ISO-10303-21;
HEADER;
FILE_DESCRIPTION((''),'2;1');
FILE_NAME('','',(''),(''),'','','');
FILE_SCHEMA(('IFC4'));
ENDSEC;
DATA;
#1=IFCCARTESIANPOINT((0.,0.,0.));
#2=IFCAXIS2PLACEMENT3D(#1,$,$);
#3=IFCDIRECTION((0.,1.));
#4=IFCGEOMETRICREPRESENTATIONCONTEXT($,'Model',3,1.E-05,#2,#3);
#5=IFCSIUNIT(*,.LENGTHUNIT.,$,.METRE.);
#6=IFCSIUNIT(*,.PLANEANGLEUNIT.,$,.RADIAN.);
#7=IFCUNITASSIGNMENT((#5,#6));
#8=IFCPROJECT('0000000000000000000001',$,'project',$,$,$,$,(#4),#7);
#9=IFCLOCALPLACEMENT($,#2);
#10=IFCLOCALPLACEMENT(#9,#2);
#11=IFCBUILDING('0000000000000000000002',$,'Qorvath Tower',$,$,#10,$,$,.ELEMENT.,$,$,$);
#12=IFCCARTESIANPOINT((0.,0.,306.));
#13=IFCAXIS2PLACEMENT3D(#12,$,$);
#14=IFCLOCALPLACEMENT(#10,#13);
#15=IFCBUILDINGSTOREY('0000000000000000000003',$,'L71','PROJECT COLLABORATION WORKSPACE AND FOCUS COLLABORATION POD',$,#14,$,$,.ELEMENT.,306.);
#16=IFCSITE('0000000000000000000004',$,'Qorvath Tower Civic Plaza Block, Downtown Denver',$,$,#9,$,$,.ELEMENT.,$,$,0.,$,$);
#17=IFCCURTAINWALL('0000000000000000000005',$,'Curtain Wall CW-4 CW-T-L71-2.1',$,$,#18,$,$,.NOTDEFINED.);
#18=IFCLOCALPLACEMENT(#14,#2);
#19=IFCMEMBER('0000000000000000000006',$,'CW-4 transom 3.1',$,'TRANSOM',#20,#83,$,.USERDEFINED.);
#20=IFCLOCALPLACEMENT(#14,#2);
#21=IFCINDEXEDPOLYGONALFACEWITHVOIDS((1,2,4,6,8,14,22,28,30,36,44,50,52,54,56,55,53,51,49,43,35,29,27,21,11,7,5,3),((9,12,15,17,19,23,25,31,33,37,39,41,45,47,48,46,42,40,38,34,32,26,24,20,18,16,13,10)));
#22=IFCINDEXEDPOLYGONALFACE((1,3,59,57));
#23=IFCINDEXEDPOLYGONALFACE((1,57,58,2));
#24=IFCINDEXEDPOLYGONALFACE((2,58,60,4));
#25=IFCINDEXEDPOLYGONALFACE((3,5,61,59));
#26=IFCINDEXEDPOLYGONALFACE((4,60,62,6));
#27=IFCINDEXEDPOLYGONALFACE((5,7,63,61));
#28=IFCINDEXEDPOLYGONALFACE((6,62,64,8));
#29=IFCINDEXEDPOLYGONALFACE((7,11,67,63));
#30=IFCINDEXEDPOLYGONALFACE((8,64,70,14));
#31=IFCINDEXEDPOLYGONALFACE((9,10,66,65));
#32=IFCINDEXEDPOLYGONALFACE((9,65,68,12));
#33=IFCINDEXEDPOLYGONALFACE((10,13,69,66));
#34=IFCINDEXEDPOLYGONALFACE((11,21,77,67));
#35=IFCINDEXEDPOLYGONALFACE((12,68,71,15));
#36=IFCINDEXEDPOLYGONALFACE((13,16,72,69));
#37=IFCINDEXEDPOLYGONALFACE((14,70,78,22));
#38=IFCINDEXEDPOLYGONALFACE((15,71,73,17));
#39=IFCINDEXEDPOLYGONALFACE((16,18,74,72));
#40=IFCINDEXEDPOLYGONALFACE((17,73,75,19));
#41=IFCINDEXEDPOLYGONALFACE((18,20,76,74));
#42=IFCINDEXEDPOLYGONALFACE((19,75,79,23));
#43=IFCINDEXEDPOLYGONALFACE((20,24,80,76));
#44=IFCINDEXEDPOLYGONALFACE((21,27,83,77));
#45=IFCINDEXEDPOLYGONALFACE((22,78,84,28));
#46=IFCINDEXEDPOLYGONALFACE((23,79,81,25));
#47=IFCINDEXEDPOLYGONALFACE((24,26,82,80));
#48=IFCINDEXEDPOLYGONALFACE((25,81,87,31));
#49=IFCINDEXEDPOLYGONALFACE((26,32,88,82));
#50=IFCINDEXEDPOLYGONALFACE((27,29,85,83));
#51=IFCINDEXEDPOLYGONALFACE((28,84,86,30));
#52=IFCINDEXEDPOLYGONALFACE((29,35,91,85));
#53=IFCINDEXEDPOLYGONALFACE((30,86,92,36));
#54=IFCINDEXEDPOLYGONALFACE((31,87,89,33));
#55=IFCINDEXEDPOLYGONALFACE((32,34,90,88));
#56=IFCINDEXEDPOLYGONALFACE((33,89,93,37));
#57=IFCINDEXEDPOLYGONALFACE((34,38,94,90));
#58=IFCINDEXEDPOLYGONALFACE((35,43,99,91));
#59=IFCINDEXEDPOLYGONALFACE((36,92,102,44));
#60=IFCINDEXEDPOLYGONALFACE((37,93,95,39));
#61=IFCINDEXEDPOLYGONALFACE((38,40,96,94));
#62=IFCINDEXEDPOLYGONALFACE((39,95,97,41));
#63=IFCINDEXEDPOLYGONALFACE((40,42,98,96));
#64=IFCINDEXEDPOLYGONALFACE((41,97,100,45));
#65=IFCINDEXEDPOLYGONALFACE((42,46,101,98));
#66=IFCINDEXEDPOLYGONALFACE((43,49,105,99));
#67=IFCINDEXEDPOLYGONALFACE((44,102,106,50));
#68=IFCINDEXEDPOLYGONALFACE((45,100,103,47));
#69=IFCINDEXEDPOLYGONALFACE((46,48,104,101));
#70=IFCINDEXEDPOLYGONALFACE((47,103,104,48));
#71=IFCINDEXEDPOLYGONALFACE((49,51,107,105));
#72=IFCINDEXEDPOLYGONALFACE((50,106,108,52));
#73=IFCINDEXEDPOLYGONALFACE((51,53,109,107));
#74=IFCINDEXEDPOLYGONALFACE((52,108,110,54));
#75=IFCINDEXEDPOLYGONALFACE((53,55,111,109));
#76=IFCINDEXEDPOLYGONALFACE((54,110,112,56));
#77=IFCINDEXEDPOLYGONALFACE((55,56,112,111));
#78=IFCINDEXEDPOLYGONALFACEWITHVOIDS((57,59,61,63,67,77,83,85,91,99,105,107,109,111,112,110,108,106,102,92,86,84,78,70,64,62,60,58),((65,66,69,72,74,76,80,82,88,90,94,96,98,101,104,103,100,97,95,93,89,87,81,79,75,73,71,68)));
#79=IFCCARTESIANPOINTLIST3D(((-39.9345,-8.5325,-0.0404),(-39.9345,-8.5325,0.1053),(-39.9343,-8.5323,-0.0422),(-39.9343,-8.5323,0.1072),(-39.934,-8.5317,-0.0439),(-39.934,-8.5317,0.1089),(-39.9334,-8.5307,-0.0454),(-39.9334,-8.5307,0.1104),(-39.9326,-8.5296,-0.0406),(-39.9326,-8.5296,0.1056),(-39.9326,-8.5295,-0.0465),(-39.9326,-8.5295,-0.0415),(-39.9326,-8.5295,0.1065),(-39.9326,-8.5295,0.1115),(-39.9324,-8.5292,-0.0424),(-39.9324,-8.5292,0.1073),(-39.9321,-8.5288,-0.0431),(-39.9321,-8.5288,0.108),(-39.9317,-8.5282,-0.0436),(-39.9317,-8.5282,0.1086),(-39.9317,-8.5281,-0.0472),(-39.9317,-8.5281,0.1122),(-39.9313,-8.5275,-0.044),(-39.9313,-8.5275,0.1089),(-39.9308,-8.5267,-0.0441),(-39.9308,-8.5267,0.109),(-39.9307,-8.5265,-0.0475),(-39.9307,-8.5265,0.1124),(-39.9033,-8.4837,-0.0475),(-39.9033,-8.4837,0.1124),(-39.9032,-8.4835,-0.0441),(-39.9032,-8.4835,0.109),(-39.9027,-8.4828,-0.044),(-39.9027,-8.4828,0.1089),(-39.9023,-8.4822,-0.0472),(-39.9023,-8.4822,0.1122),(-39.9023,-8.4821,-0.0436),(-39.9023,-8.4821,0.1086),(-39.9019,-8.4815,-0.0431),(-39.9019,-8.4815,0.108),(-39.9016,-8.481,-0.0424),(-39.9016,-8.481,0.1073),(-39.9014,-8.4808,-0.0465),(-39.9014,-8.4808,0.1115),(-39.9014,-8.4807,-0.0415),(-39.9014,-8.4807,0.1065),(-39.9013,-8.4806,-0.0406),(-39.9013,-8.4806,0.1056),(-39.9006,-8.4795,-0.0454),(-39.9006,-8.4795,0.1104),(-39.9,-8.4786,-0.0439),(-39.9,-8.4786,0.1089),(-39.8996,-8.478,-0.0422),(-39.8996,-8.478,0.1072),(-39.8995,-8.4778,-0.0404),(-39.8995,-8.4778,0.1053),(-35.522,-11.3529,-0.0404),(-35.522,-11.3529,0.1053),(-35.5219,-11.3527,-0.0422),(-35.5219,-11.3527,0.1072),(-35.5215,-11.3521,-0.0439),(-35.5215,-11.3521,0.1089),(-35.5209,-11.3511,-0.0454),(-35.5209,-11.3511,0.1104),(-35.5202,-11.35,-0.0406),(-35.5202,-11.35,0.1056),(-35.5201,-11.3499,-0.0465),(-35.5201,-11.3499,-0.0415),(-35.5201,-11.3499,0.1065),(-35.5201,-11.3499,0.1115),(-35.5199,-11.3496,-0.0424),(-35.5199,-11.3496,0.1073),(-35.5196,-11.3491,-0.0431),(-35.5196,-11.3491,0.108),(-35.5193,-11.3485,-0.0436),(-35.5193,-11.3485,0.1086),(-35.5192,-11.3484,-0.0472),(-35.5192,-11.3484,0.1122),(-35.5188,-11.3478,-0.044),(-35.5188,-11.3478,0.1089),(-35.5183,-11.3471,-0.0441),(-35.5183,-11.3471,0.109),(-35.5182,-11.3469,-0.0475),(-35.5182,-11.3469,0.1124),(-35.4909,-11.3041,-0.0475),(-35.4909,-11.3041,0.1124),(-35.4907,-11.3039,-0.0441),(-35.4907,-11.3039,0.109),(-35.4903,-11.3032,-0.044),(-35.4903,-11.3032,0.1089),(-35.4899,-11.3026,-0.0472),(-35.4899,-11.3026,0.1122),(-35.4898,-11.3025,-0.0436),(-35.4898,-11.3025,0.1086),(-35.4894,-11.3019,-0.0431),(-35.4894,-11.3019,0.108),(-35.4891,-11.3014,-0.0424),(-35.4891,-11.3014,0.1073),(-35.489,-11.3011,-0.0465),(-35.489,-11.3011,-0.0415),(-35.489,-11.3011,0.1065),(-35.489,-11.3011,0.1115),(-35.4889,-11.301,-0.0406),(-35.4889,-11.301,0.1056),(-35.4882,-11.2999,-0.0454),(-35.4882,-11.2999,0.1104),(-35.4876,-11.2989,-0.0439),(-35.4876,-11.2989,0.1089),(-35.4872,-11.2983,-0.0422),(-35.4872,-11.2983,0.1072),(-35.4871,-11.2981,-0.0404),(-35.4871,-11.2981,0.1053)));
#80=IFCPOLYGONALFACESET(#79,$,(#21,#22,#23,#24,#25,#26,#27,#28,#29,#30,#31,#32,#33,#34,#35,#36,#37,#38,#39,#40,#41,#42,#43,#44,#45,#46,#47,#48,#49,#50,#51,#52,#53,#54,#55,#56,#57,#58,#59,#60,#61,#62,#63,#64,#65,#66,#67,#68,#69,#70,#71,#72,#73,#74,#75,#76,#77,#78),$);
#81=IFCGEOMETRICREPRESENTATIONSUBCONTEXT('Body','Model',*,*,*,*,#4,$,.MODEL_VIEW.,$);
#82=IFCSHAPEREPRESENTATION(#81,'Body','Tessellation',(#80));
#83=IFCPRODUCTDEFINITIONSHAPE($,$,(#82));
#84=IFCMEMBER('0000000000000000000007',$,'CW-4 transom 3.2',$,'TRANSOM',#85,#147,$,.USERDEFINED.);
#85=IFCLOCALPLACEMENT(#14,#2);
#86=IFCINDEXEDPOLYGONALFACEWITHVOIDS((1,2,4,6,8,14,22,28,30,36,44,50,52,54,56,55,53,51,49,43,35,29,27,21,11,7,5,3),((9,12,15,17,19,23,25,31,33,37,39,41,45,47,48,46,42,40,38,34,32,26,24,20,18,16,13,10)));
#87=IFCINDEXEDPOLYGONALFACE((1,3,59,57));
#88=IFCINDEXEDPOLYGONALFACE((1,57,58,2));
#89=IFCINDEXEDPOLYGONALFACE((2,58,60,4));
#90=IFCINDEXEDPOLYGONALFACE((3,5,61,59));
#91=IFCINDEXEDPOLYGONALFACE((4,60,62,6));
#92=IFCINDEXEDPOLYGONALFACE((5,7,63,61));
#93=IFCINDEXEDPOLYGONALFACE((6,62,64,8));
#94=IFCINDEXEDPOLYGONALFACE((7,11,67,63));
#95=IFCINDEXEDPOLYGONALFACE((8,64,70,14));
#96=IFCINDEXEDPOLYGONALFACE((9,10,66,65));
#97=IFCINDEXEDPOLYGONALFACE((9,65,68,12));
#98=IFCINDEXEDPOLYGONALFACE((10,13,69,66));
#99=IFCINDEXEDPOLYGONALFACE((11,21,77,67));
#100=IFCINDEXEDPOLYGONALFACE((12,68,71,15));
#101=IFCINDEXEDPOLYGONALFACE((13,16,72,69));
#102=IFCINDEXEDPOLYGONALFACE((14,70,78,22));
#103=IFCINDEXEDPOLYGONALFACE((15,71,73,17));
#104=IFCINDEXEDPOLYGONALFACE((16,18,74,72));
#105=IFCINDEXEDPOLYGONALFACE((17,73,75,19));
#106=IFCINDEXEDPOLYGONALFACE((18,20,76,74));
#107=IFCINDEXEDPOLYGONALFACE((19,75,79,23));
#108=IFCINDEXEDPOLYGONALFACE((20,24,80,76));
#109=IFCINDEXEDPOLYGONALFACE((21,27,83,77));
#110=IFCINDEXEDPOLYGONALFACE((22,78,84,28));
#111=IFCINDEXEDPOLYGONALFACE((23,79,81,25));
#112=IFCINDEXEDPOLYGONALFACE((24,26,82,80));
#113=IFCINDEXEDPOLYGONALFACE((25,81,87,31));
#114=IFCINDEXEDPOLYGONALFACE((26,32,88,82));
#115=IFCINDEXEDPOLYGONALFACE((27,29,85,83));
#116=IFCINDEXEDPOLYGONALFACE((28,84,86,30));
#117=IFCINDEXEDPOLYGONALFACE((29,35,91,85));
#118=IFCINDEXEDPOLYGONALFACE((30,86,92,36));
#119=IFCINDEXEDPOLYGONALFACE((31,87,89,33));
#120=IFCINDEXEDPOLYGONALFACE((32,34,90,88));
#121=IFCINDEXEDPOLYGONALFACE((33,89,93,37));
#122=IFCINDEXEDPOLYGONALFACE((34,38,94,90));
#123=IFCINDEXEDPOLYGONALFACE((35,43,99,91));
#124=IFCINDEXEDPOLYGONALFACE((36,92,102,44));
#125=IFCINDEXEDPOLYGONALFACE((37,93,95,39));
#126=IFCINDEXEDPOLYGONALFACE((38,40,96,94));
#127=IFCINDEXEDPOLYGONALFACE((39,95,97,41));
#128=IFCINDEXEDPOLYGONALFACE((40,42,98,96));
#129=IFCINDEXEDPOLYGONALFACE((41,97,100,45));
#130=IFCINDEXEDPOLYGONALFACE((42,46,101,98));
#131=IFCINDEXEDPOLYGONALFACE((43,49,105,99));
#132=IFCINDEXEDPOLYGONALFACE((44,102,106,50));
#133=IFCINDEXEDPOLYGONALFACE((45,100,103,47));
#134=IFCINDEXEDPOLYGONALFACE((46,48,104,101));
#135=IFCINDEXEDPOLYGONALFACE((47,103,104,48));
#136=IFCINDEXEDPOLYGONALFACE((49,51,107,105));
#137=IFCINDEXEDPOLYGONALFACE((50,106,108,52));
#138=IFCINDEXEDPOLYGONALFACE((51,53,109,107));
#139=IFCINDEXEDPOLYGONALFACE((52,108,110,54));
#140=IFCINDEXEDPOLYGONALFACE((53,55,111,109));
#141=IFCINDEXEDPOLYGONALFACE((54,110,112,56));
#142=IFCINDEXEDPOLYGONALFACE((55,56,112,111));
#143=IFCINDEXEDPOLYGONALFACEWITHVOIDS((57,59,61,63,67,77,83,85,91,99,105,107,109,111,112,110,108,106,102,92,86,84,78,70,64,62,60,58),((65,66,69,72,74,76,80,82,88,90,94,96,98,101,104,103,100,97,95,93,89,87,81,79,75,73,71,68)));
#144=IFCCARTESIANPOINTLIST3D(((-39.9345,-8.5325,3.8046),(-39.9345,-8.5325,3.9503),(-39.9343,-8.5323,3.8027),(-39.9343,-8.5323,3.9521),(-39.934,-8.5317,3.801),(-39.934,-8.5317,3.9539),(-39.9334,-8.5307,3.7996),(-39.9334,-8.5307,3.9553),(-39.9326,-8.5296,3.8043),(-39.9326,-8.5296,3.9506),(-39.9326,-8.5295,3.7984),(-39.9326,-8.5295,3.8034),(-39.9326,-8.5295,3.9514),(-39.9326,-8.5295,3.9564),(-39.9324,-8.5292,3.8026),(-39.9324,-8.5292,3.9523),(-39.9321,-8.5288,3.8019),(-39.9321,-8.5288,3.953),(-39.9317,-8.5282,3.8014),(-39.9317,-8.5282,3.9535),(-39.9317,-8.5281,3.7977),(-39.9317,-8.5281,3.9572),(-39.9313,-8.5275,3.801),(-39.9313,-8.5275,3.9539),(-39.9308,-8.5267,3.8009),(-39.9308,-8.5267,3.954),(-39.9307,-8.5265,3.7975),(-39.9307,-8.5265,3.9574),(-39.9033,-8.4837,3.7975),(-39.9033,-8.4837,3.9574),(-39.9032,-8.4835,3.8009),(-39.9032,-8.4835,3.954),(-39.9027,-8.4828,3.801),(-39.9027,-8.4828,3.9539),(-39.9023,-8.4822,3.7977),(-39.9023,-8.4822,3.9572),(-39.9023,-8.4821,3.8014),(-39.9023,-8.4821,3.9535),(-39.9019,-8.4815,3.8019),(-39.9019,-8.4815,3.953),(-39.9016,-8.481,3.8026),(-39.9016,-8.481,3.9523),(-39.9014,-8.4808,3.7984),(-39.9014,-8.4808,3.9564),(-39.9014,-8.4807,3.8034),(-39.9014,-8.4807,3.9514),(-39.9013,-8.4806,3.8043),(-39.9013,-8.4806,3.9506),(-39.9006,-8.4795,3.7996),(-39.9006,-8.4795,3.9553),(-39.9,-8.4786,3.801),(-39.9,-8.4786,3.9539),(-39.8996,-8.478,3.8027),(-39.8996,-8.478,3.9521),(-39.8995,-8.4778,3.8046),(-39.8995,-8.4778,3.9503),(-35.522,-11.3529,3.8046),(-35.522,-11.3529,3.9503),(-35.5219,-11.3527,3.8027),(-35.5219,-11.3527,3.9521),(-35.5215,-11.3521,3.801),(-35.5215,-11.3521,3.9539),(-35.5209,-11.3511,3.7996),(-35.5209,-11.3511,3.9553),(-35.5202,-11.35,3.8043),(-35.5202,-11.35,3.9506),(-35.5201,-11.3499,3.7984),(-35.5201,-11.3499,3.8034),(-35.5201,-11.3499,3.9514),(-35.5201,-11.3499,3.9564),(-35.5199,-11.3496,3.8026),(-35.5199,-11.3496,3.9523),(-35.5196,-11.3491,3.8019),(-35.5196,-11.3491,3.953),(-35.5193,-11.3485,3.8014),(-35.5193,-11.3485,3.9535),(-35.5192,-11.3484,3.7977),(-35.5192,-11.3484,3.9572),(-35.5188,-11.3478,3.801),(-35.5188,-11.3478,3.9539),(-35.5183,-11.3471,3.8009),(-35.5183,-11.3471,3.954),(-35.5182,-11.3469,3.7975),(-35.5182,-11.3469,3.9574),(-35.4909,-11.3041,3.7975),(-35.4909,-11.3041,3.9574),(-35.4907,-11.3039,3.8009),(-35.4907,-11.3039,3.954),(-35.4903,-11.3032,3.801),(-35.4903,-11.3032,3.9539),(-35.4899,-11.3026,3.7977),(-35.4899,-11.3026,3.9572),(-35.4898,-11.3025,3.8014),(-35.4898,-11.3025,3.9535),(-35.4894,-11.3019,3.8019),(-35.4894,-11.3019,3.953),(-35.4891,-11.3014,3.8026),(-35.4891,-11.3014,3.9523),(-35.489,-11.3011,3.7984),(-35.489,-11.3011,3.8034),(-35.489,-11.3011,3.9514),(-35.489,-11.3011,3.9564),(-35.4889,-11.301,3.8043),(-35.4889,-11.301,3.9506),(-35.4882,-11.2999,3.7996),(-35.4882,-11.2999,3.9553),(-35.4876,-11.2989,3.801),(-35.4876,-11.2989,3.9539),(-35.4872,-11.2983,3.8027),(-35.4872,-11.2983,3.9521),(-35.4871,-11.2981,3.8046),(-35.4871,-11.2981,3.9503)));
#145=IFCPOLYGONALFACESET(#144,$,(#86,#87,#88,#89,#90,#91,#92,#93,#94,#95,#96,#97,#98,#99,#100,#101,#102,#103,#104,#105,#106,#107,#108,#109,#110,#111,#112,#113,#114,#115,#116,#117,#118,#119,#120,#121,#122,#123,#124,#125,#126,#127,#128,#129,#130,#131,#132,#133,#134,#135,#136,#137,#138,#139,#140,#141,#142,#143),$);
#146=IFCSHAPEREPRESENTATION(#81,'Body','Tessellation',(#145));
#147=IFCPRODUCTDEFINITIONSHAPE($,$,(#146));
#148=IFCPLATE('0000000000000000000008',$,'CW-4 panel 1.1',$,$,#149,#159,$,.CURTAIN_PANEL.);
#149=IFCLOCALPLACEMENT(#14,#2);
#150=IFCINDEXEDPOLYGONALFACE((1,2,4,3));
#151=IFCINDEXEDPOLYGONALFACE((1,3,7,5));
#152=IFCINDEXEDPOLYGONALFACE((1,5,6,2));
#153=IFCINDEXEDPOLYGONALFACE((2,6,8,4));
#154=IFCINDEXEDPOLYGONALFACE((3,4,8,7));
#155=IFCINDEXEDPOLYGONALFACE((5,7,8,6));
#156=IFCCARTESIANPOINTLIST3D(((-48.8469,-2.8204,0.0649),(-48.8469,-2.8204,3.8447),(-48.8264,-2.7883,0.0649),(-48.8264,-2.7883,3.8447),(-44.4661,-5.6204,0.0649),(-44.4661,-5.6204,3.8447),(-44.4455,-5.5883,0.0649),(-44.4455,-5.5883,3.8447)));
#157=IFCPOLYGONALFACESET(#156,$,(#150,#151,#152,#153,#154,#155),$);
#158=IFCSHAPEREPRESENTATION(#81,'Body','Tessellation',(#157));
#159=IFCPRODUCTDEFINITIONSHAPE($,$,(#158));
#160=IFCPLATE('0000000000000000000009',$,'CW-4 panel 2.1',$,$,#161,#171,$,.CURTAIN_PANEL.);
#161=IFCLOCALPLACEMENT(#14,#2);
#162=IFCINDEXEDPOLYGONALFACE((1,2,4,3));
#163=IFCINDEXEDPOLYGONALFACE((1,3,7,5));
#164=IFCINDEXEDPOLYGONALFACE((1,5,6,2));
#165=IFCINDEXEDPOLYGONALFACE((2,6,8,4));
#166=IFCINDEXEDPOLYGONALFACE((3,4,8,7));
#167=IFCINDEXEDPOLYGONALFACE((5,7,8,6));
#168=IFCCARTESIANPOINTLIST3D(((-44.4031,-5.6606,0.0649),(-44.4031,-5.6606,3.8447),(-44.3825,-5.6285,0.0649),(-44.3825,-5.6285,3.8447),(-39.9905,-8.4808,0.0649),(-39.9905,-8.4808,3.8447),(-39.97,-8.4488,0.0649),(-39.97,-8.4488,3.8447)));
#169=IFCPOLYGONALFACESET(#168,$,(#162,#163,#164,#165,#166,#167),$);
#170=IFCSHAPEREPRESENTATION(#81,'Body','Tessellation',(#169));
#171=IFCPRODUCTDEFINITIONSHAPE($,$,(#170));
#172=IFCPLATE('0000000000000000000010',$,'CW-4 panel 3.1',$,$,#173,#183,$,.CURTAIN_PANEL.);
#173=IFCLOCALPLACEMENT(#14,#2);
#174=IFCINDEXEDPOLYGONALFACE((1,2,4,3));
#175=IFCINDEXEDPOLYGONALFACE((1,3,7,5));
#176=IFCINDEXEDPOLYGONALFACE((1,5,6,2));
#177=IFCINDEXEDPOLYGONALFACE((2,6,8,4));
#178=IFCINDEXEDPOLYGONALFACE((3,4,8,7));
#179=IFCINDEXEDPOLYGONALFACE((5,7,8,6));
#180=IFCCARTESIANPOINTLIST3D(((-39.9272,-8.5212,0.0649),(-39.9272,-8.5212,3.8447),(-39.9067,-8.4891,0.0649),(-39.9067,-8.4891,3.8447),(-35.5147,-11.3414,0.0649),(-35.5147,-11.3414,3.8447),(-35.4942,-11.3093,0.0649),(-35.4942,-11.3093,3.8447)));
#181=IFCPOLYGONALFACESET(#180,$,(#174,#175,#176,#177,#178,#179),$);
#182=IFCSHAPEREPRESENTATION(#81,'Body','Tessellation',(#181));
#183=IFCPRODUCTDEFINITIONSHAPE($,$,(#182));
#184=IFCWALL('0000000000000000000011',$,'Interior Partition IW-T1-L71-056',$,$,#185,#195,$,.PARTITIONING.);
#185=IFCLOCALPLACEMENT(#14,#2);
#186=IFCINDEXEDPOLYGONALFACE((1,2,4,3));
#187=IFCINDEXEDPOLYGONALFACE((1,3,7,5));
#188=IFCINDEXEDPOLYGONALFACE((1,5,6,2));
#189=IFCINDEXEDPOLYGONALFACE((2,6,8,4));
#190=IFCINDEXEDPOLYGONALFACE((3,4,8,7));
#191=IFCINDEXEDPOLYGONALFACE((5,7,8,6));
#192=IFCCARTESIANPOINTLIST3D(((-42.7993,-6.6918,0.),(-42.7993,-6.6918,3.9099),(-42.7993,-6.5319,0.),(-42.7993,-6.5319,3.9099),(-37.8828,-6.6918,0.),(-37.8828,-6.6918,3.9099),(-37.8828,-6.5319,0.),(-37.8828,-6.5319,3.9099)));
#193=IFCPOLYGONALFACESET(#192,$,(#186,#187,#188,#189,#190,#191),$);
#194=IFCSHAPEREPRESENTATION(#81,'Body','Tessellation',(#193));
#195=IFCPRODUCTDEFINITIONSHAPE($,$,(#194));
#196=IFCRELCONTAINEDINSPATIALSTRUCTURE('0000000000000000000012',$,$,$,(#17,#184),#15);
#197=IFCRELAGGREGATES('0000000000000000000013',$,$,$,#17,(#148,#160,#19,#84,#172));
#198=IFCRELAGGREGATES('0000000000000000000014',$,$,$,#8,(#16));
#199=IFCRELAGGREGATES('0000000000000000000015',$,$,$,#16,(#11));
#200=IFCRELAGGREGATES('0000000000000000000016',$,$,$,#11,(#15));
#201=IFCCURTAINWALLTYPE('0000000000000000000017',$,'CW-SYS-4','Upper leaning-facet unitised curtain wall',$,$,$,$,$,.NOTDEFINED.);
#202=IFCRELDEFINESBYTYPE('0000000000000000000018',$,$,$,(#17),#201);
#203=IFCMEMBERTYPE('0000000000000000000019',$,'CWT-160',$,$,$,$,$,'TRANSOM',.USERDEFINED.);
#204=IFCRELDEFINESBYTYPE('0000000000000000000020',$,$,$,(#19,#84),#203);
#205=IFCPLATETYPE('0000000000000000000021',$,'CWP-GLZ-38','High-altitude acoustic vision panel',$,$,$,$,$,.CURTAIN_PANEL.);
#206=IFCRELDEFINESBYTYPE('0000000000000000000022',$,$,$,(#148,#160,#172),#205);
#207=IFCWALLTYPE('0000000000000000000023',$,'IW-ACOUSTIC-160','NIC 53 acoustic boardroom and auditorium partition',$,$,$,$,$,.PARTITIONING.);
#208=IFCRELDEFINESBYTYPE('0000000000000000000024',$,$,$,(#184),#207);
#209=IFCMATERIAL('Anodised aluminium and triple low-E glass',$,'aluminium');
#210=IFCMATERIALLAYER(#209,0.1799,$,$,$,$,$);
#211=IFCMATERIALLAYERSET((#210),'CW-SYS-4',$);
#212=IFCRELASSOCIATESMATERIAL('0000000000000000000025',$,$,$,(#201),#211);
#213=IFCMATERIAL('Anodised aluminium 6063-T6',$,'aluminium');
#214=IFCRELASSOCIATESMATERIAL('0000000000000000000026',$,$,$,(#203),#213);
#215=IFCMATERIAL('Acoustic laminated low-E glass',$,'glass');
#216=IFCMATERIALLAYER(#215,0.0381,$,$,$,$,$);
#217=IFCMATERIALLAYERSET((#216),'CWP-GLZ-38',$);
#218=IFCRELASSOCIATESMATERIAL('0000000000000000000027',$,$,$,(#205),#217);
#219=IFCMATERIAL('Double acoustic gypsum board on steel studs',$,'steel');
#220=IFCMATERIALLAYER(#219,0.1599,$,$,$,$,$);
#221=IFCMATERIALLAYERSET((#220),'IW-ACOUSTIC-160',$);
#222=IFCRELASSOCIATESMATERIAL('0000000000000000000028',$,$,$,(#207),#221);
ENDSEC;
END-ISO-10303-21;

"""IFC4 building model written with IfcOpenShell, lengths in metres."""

from ifc_helpers import new_model, si_unit, direction, frame, frame_2d, origin, origin_2d, place, context, subcontext, project, spatial, rectangle, hollow_rectangle, extrude, material, layer, layer_set, material_profile, profile_set, type_object, element, aggregate, save


model = new_model("IFC4")

# Units and contexts
model_context = context("Model", 3, precision=1e-05, world=origin(), true_north=direction((0.0, 1.0)))
body_context = subcontext(model_context, "Body", "Model", "MODEL_VIEW")
ifc_project = project(units=[si_unit("LENGTHUNIT", "METRE"), si_unit("PLANEANGLEUNIT", "RADIAN")], contexts=[model_context])

# Site, building, storey
site_placement = place(None, origin())
site = spatial("IfcSite", under=ifc_project, at=site_placement, Name="Qorvath Tower Civic Plaza Block, Downtown Denver", CompositionType="ELEMENT", RefElevation=0.0)
building_placement = place(site_placement, origin())
building = spatial("IfcBuilding", under=site, at=building_placement, Name="Qorvath Tower", CompositionType="ELEMENT")
storey_placement = place(building_placement, frame((0.0, 0.0, 306.0)))
storey = spatial("IfcBuildingStorey", under=building, at=storey_placement, Name="L71", Description="PROJECT COLLABORATION WORKSPACE AND FOCUS COLLABORATION POD", CompositionType="ELEMENT", Elevation=306.0)

# Curtain wall, members, plates
ifc_material_1 = material(Name="Anodised aluminium and triple low-E glass", Category="aluminium")
ifc_layer_1 = layer(ifc_material_1, 0.1799)
ifc_layer_set_1 = layer_set([ifc_layer_1], Name="CW-SYS-4")
curtain_wall_type = type_object("IfcCurtainWallType", Name="CW-SYS-4", Description="Upper leaning-facet unitised curtain wall", PredefinedType="NOTDEFINED", material=ifc_layer_set_1)
curtain_wall_placement = place(storey_placement, origin())
curtain_wall = element("IfcCurtainWall", 1, at=curtain_wall_placement, inside=storey, type_object=curtain_wall_type, Name="Curtain Wall CW-4 CW-T-L71-2.1", PredefinedType="NOTDEFINED")
ifc_material_2 = material(Name="Anodised aluminium 6063-T6", Category="aluminium")
ifc_material_profile_1 = material_profile(ifc_material_2, hollow_rectangle(XDim=0.0649, YDim=0.1599, WallThickness=0.0034, InnerFilletRadius=0.0034, OuterFilletRadius=0.0071, at=origin_2d()), Name="CWT 160x65")
ifc_profile_set_1 = profile_set([ifc_material_profile_1], Name="Anodised aluminium 6063-T6")
member_type_1 = type_object("IfcMemberType", Name="CWT-160", ElementType="TRANSOM", PredefinedType="USERDEFINED", material=ifc_profile_set_1)
member_1_placement = place(storey_placement, frame((-39.917, -8.5051, 0.0325), z_axis=(0.842583, -0.538567, 0.0), x_axis=(0.538567, 0.842583, 0.0)))
member_1 = element("IfcMember", 2, at=member_1_placement, type_object=member_type_1, Name="CW-4 transom 3.1", ObjectType="TRANSOM", PredefinedType="USERDEFINED", context=body_context, shape_type="SweptSolid", body=[
    extrude(hollow_rectangle(XDim=0.0649, YDim=0.1599, WallThickness=0.0034, InnerFilletRadius=0.0034, OuterFilletRadius=0.0071, at=origin_2d()), origin(), (0.0, 0.0, 1.0), 5.2368),
])
member_2_placement = place(storey_placement, frame((-39.917, -8.5051, 3.8774), z_axis=(0.842583, -0.538567, 0.0), x_axis=(0.538567, 0.842583, 0.0)))
member_2 = element("IfcMember", 3, at=member_2_placement, type_object=member_type_1, Name="CW-4 transom 3.2", ObjectType="TRANSOM", PredefinedType="USERDEFINED", context=body_context, shape_type="SweptSolid", body=[
    extrude(hollow_rectangle(XDim=0.0649, YDim=0.1599, WallThickness=0.0034, InnerFilletRadius=0.0034, OuterFilletRadius=0.0071, at=origin_2d()), origin(), (0.0, 0.0, 1.0), 5.2368),
])
ifc_material_3 = material(Name="Acoustic laminated low-E glass", Category="glass")
ifc_layer_2 = layer(ifc_material_3, 0.0381)
ifc_layer_set_2 = layer_set([ifc_layer_2], Name="CWP-GLZ-38")
plate_type = type_object("IfcPlateType", Name="CWP-GLZ-38", Description="High-altitude acoustic vision panel", PredefinedType="CURTAIN_PANEL", material=ifc_layer_set_2)
plate_1_placement = place(storey_placement, frame((-46.6462, -4.2043, 0.0649), z_axis=(0.0, 0.0, 1.0), x_axis=(0.842602, -0.538537, 0.0)))
plate_1 = element("IfcPlate", 4, at=plate_1_placement, type_object=plate_type, Name="CW-4 panel 1.1", PredefinedType="CURTAIN_PANEL", context=body_context, shape_type="SweptSolid", body=[
    extrude(rectangle(XDim=5.1992, YDim=0.0381, at=origin_2d()), origin(), (0.0, 0.0, 1.0), 3.7798),
])
plate_2_placement = place(storey_placement, frame((-42.1865, -7.0547, 0.0649), z_axis=(0.0, 0.0, 1.0), x_axis=(0.842602, -0.538537, 0.0)))
plate_2 = element("IfcPlate", 5, at=plate_2_placement, type_object=plate_type, Name="CW-4 panel 2.1", PredefinedType="CURTAIN_PANEL", context=body_context, shape_type="SweptSolid", body=[
    extrude(rectangle(XDim=5.2368, YDim=0.0381, at=origin_2d()), origin(), (0.0, 0.0, 1.0), 3.7798),
])
plate_3_placement = place(storey_placement, frame((-37.7107, -9.9153, 0.0649), z_axis=(0.0, 0.0, 1.0), x_axis=(0.842602, -0.538537, 0.0)))
plate_3 = element("IfcPlate", 6, at=plate_3_placement, type_object=plate_type, Name="CW-4 panel 3.1", PredefinedType="CURTAIN_PANEL", context=body_context, shape_type="SweptSolid", body=[
    extrude(rectangle(XDim=5.2368, YDim=0.0381, at=origin_2d()), origin(), (0.0, 0.0, 1.0), 3.7798),
])
aggregate(curtain_wall, [plate_1, plate_2, member_1, member_2, plate_3])

# Shared definitions
ifc_material_4 = material(Name="Double acoustic gypsum board on steel studs", Category="steel")
ifc_layer_3 = layer(ifc_material_4, 0.1599)
ifc_layer_set_3 = layer_set([ifc_layer_3], Name="IW-ACOUSTIC-160")
wall_type_1 = type_object("IfcWallType", Name="IW-ACOUSTIC-160", Description="NIC 53 acoustic boardroom and auditorium partition", PredefinedType="PARTITIONING", material=ifc_layer_set_3)

# Wall
wall_1_placement = place(storey_placement, frame((-37.8828, -6.6118, 0.0), z_axis=(0.0, 0.0, 1.0), x_axis=(-1.0, 0.0, 0.0)))
element("IfcWall", 7, at=wall_1_placement, inside=storey, type_object=wall_type_1, Name="Interior Partition IW-T1-L71-056", PredefinedType="PARTITIONING", context=body_context, shape_type="SweptSolid", body=[
    extrude(rectangle(XDim=4.9165, YDim=0.1599, at=frame_2d((2.4583, 0.0))), origin(), (0.0, 0.0, 1.0), 3.9099),
])

save(model, "model.ifc")
